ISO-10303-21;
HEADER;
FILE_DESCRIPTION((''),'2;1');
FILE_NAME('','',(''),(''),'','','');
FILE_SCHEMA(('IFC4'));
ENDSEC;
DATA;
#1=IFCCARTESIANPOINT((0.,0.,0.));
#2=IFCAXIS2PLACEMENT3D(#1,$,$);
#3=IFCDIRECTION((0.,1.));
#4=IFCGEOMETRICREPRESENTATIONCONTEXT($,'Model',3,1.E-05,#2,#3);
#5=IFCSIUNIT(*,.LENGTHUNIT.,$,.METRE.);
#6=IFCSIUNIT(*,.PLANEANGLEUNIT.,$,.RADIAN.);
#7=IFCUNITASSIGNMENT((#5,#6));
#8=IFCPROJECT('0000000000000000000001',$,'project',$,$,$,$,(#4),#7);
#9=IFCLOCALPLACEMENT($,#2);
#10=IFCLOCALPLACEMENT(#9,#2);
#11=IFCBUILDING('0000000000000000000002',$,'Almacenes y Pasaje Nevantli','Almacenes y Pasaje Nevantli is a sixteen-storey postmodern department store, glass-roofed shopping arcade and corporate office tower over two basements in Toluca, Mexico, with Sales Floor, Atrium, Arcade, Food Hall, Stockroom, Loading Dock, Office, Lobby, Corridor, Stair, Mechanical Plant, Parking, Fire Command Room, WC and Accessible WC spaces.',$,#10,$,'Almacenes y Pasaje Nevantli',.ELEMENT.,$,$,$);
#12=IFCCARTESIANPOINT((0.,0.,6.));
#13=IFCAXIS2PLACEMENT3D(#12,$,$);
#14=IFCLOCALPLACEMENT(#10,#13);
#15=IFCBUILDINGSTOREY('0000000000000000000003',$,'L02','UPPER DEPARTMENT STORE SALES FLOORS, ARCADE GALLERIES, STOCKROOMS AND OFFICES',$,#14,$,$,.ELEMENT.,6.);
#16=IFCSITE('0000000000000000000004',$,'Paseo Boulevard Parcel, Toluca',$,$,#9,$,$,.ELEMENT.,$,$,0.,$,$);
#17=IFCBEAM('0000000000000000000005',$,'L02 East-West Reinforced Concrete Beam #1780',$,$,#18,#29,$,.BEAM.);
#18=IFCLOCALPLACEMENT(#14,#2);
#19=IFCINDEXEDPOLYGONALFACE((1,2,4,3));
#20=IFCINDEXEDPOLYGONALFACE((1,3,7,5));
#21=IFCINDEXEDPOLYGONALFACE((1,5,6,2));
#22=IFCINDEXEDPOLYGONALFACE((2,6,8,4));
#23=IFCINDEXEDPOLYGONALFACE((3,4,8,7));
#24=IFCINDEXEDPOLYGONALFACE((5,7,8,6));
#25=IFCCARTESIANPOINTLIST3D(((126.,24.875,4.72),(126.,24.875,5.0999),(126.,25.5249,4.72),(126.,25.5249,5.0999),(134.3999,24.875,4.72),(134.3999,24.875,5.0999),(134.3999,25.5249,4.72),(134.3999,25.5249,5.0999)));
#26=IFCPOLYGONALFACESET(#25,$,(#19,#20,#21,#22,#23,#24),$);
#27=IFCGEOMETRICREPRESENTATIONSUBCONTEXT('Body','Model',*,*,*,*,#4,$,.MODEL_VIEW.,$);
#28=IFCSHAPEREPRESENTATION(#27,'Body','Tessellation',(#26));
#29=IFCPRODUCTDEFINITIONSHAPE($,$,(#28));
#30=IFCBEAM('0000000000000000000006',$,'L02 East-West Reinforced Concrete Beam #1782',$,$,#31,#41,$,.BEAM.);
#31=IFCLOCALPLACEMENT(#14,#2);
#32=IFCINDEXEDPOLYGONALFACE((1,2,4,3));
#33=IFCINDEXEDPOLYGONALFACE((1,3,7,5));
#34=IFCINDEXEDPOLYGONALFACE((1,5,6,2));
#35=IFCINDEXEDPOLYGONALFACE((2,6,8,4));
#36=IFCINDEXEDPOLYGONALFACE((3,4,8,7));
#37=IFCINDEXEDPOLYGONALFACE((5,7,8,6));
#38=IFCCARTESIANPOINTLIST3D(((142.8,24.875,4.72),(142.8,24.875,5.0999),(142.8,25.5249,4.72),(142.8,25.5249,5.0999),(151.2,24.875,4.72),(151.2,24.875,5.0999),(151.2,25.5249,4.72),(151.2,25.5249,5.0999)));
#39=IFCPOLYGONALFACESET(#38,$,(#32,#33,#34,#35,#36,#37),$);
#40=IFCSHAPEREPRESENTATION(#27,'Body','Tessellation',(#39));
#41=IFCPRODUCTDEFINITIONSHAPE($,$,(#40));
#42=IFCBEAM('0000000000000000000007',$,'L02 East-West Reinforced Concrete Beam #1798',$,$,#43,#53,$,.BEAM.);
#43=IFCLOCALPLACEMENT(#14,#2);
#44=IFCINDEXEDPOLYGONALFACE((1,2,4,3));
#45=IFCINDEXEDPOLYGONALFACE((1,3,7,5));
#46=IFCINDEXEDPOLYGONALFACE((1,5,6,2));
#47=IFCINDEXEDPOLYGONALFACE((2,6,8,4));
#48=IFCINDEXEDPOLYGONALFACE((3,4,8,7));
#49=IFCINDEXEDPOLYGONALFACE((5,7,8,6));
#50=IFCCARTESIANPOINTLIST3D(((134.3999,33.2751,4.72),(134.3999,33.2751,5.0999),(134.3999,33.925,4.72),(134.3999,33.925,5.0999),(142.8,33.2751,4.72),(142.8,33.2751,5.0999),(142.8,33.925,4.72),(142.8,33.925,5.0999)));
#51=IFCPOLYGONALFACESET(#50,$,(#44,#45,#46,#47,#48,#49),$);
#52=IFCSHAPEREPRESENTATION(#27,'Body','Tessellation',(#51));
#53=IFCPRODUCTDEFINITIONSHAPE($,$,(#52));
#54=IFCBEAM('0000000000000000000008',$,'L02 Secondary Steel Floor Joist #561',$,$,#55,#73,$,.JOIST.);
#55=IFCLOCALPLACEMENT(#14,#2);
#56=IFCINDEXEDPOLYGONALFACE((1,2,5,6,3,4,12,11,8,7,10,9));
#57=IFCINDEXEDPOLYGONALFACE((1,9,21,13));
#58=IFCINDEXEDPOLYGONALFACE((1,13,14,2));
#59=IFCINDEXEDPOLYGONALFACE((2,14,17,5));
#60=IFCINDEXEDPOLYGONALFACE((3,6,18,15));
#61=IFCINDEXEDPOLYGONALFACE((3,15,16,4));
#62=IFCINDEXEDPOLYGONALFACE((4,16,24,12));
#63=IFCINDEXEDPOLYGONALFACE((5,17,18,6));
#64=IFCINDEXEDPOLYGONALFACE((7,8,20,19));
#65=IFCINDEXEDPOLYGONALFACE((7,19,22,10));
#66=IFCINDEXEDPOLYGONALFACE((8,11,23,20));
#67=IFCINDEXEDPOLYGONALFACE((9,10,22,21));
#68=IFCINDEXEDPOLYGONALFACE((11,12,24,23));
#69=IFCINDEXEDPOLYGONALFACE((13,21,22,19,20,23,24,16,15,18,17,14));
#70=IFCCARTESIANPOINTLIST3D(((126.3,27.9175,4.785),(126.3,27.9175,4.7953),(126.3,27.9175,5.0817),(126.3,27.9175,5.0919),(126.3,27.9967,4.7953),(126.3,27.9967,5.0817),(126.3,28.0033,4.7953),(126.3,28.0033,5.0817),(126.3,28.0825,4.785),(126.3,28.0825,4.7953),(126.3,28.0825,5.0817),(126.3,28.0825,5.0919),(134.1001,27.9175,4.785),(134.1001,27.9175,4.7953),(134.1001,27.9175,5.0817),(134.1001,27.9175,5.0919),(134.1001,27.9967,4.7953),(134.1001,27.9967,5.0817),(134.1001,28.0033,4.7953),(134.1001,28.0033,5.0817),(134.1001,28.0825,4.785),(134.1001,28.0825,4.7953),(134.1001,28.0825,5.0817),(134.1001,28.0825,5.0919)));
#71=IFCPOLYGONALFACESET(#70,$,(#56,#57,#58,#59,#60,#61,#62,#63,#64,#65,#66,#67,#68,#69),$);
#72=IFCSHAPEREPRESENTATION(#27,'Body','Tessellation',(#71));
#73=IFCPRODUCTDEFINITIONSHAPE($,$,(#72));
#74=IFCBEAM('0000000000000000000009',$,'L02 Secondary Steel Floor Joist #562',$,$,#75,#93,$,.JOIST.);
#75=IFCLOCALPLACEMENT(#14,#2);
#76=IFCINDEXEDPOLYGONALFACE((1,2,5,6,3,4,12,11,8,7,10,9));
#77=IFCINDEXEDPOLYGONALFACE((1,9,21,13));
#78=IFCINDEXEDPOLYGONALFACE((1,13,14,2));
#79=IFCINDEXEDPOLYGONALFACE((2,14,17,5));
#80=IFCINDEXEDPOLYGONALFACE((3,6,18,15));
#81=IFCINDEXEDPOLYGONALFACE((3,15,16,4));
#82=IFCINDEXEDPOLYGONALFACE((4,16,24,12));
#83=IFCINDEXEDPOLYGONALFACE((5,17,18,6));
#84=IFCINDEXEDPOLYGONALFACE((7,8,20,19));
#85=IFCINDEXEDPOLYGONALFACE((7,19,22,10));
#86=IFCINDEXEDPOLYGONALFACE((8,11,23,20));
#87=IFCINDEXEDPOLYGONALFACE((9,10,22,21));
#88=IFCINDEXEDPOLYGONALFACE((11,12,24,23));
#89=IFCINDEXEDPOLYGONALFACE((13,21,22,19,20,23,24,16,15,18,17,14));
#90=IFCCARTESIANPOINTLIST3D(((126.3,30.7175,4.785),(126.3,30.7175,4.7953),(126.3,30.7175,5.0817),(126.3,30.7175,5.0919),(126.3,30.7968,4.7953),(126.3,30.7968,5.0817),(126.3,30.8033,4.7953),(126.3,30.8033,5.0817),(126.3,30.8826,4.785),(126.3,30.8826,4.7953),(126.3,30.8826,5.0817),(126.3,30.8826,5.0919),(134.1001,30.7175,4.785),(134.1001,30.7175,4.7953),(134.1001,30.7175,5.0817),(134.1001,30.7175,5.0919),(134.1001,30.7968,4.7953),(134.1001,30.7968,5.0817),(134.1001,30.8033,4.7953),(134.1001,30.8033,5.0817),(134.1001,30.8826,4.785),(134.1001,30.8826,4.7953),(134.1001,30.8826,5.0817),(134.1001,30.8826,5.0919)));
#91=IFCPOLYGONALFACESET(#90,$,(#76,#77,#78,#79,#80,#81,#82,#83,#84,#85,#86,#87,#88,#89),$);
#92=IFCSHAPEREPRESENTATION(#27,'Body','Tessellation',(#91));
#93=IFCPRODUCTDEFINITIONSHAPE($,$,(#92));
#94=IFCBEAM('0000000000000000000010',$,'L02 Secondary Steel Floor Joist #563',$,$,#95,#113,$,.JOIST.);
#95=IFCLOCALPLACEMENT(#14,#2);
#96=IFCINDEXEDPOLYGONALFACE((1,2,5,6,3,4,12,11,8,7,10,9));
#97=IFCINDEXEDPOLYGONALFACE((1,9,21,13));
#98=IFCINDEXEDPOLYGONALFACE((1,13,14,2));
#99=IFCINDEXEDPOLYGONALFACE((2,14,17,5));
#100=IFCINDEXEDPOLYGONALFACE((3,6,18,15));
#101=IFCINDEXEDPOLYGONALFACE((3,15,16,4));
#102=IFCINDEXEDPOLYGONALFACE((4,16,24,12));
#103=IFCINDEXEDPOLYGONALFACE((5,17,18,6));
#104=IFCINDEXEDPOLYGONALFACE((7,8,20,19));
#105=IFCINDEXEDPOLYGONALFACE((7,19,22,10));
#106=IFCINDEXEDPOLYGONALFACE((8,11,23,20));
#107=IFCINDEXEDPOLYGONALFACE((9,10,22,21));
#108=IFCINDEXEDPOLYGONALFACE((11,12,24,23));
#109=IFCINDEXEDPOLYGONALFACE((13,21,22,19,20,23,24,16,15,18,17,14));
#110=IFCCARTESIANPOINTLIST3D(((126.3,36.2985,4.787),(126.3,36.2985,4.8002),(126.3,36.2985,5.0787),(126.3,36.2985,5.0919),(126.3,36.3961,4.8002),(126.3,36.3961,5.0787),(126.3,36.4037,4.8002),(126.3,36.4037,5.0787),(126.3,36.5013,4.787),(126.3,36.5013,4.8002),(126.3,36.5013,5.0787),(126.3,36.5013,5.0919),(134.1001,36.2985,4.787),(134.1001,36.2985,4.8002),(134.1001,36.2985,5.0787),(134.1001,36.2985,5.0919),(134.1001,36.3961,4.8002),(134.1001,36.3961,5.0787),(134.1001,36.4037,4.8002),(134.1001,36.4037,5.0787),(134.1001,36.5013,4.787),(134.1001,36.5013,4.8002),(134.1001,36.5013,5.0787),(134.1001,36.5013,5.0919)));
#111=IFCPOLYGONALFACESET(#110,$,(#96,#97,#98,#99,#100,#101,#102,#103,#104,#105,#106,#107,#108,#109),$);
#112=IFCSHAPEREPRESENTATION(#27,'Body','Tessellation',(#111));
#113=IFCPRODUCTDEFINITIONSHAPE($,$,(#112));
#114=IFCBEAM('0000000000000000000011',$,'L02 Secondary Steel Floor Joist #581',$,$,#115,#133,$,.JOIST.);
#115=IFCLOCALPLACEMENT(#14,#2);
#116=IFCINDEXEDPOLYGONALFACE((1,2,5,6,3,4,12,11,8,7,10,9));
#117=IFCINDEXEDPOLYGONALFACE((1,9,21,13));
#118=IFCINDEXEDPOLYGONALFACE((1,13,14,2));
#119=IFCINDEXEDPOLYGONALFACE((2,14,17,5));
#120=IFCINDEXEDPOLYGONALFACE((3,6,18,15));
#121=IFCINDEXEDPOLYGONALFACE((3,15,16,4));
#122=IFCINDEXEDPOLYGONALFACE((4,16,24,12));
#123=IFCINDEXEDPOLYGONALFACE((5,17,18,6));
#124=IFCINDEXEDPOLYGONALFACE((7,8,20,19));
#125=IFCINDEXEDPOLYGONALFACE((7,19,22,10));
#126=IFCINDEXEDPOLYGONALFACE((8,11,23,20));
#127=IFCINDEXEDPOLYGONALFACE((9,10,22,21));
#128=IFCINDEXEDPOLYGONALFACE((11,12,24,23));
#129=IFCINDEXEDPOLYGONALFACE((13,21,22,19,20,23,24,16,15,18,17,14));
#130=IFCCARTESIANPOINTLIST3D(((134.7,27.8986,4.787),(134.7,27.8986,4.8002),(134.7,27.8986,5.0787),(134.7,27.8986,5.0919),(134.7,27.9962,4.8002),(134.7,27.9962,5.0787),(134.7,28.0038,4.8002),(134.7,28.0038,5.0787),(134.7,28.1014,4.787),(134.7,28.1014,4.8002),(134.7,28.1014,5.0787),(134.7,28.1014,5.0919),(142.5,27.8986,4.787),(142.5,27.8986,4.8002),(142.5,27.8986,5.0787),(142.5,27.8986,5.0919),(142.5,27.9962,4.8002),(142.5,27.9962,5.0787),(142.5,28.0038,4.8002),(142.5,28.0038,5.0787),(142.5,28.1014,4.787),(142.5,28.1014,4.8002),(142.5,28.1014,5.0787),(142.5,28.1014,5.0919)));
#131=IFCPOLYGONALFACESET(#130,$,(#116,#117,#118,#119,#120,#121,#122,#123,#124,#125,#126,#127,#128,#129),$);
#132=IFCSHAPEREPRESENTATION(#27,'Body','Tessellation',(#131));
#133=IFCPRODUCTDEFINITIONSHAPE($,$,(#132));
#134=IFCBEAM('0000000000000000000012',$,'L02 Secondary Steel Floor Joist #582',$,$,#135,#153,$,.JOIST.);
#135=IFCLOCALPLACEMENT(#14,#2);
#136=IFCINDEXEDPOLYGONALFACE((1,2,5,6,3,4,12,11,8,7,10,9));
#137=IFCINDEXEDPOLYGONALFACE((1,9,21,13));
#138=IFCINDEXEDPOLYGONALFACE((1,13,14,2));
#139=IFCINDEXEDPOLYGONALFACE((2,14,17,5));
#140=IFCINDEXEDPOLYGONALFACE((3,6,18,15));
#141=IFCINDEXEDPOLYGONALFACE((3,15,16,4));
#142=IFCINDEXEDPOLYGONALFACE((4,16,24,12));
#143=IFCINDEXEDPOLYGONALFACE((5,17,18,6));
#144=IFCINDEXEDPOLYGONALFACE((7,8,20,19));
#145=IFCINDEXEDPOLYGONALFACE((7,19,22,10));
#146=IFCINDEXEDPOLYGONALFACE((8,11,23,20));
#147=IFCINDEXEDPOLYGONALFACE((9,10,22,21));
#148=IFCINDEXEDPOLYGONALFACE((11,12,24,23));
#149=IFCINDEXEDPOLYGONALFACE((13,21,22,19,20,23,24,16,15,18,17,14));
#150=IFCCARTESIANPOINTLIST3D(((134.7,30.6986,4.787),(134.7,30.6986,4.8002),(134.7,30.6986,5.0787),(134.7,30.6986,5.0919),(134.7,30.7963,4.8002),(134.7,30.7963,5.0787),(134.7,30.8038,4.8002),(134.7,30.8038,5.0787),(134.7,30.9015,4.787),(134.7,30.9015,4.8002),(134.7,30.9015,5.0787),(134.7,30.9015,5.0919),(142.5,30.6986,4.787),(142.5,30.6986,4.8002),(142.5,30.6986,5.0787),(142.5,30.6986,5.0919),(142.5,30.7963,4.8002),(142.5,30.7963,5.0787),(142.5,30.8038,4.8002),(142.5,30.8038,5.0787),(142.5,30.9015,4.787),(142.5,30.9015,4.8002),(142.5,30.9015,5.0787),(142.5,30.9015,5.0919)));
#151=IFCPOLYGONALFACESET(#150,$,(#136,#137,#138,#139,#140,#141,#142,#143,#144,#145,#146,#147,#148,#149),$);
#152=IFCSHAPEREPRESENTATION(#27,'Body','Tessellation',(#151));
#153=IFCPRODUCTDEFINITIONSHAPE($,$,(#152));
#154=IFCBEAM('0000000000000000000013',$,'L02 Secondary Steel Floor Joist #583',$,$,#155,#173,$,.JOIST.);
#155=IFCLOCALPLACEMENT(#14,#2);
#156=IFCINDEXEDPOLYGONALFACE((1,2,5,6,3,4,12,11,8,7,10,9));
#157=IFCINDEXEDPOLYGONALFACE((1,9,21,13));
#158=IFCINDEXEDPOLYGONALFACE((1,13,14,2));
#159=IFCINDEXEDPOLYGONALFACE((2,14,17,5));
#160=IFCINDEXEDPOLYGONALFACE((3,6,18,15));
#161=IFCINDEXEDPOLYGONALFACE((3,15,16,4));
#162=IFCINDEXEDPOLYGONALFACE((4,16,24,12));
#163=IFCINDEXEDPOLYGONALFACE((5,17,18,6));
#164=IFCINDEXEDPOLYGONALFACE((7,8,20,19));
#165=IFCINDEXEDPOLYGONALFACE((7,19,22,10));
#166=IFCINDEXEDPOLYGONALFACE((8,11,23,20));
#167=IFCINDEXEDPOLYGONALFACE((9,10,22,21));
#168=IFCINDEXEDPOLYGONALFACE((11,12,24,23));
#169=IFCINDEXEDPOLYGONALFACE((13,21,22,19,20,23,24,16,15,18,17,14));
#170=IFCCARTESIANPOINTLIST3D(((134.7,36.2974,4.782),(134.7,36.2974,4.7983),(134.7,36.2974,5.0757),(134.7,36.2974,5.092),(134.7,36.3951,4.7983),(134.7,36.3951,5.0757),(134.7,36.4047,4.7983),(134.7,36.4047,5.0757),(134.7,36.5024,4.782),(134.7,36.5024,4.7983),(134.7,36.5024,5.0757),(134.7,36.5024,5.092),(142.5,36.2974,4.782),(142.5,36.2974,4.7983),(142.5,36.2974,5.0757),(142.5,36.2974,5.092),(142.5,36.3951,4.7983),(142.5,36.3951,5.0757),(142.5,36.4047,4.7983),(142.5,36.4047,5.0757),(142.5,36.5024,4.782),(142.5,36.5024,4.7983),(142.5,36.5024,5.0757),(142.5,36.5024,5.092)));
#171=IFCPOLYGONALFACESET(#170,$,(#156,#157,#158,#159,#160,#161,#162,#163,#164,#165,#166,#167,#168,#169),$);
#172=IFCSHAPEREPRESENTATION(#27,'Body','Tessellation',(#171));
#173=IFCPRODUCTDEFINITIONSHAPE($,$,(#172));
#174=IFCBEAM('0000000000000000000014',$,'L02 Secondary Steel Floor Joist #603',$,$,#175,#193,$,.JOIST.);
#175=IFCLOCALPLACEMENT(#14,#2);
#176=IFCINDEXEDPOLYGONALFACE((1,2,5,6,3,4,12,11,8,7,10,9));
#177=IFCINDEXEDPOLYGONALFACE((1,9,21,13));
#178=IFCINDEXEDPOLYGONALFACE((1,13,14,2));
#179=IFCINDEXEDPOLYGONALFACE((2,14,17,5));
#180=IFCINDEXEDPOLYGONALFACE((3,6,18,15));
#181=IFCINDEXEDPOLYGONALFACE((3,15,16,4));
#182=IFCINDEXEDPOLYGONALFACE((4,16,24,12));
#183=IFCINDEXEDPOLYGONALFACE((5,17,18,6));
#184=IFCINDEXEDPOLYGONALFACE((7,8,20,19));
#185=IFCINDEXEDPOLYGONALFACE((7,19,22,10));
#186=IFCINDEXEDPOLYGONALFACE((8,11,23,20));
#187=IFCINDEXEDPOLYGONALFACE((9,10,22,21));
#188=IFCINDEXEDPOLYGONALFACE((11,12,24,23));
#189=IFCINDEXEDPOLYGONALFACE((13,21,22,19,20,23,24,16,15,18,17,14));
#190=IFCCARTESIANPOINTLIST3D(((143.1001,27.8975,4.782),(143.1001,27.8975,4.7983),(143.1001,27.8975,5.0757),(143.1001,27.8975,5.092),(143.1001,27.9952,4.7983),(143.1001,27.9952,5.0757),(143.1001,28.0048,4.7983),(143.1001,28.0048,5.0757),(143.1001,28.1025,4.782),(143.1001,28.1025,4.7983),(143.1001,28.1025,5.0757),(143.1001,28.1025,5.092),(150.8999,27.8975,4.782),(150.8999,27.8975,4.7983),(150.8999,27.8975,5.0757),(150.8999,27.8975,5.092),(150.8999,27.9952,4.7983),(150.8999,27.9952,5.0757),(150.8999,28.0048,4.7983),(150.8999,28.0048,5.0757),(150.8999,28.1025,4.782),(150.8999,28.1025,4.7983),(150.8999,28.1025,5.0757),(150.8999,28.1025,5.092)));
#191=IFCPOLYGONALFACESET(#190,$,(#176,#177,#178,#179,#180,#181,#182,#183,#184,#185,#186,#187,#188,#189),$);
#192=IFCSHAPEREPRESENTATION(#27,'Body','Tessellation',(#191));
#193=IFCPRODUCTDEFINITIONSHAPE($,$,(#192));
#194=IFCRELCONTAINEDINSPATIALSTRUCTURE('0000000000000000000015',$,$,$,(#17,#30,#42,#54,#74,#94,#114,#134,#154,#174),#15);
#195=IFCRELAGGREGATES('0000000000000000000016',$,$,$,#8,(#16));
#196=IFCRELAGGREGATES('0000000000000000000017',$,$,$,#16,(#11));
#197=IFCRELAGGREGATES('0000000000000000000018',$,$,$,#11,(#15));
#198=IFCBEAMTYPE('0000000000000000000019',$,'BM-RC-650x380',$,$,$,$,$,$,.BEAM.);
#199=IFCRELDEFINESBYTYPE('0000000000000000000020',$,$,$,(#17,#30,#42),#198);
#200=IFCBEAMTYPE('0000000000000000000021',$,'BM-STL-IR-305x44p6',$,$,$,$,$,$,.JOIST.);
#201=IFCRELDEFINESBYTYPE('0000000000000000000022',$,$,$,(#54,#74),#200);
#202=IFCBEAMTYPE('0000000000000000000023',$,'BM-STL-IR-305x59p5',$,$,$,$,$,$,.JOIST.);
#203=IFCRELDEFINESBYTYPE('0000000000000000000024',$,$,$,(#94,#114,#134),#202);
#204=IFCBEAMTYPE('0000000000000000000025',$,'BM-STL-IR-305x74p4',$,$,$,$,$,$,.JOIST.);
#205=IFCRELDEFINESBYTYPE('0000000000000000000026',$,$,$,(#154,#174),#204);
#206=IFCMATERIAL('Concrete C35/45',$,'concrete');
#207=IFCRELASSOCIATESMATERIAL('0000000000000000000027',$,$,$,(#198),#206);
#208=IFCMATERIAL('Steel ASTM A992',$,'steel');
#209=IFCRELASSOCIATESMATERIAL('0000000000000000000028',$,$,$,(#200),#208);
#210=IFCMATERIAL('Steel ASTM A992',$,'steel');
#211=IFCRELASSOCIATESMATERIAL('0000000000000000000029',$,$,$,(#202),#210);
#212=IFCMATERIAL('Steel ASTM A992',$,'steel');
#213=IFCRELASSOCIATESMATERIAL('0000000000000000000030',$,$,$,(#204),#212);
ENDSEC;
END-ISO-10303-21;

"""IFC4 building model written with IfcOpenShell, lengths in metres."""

from ifc_helpers import new_model, si_unit, direction, frame, origin, origin_2d, place, context, subcontext, project, spatial, rectangle, i_section, extrude, material, material_profile, profile_set, type_object, element, save


model = new_model("IFC4")

# Units and contexts
model_context = context("Model", 3, precision=1e-05, world=origin(), true_north=direction((0.0, 1.0)))
body_context = subcontext(model_context, "Body", "Model", "MODEL_VIEW")
ifc_project = project(units=[si_unit("LENGTHUNIT", "METRE"), si_unit("PLANEANGLEUNIT", "RADIAN")], contexts=[model_context])

# Site, building, storey
site_placement = place(None, origin())
site = spatial("IfcSite", under=ifc_project, at=site_placement, Name="Paseo Boulevard Parcel, Toluca", CompositionType="ELEMENT", RefElevation=0.0)
building_placement = place(site_placement, origin())
building = spatial("IfcBuilding", under=site, at=building_placement, Name="Almacenes y Pasaje Nevantli", Description="Almacenes y Pasaje Nevantli is a sixteen-storey postmodern department store, glass-roofed shopping arcade and corporate office tower over two basements in Toluca, Mexico, with Sales Floor, Atrium, Arcade, Food Hall, Stockroom, Loading Dock, Office, Lobby, Corridor, Stair, Mechanical Plant, Parking, Fire Command Room, WC and Accessible WC spaces.", LongName="Almacenes y Pasaje Nevantli", CompositionType="ELEMENT")
storey_placement = place(building_placement, frame((0.0, 0.0, 6.0)))
storey = spatial("IfcBuildingStorey", under=building, at=storey_placement, Name="L02", Description="UPPER DEPARTMENT STORE SALES FLOORS, ARCADE GALLERIES, STOCKROOMS AND OFFICES", CompositionType="ELEMENT", Elevation=6.0)

# Beams
ifc_material_1 = material(Name="Concrete C35/45", Category="concrete")
ifc_material_profile_1 = material_profile(ifc_material_1, rectangle(XDim=0.6499, YDim=0.3799, at=origin_2d()), Name="RC-BM-650x380")
ifc_profile_set_1 = profile_set([ifc_material_profile_1], Name="Concrete C35/45")
beam_type_1 = type_object("IfcBeamType", Name="BM-RC-650x380", PredefinedType="BEAM", material=ifc_profile_set_1)
for number, where, z_axis, x_axis, name in (
    (1, (126.0, 25.2, 4.9099), (1.0, 0.0, 0.0), (0.0, 1.0, 0.0), "L02 East-West Reinforced Concrete Beam #1780"),
    (2, (142.8, 25.2, 4.9099), (1.0, 0.0, 0.0), (0.0, 1.0, 0.0), "L02 East-West Reinforced Concrete Beam #1782"),
):
    element("IfcBeam", number, at=place(storey_placement, frame(where, z_axis=z_axis, x_axis=x_axis)), inside=storey, type_object=beam_type_1, Name=name, PredefinedType="BEAM", context=body_context, shape_type="SweptSolid", body=[
        extrude(rectangle(XDim=0.6499, YDim=0.3799, at=origin_2d()), origin(), (0.0, 0.0, 1.0), 8.3999),
    ])
beam_1_placement = place(storey_placement, frame((134.3999, 33.6001, 4.9099), z_axis=(1.0, 0.0, 0.0), x_axis=(0.0, 1.0, 0.0)))
element("IfcBeam", 3, at=beam_1_placement, inside=storey, type_object=beam_type_1, Name="L02 East-West Reinforced Concrete Beam #1798", PredefinedType="BEAM", context=body_context, shape_type="SweptSolid", body=[
    extrude(rectangle(XDim=0.6499, YDim=0.3799, at=origin_2d()), origin(), (0.0, 0.0, 1.0), 8.4001),
])
ifc_material_2 = material(Name="Steel ASTM A992", Category="steel")
ifc_material_profile_2 = material_profile(ifc_material_2, i_section(OverallWidth=0.165, OverallDepth=0.3069, WebThickness=0.0066, FlangeThickness=0.0103, at=origin_2d()), Name="IR 305x44.6")
ifc_profile_set_2 = profile_set([ifc_material_profile_2], Name="Steel ASTM A992")
beam_type_2 = type_object("IfcBeamType", Name="BM-STL-IR-305x44p6", PredefinedType="JOIST", material=ifc_profile_set_2)
for number, where, z_axis, x_axis, name in (
    (4, (126.3, 28.0, 4.9385), (1.0, 0.0, 0.0), (0.0, 1.0, 0.0), "L02 Secondary Steel Floor Joist #561"),
    (5, (126.3, 30.8, 4.9385), (1.0, 0.0, 0.0), (0.0, 1.0, 0.0), "L02 Secondary Steel Floor Joist #562"),
):
    element("IfcBeam", number, at=place(storey_placement, frame(where, z_axis=z_axis, x_axis=x_axis)), inside=storey, type_object=beam_type_2, Name=name, PredefinedType="JOIST", context=body_context, shape_type="SweptSolid", body=[
        extrude(i_section(OverallWidth=0.165, OverallDepth=0.3069, WebThickness=0.0066, FlangeThickness=0.0103, at=origin_2d()), origin(), (0.0, 0.0, 1.0), 7.8),
    ])
ifc_material_3 = material(Name="Steel ASTM A992", Category="steel")
ifc_material_profile_3 = material_profile(ifc_material_3, i_section(OverallWidth=0.2029, OverallDepth=0.3049, WebThickness=0.0076, FlangeThickness=0.0132, at=origin_2d()), Name="IR 305x59.5")
ifc_profile_set_3 = profile_set([ifc_material_profile_3], Name="Steel ASTM A992")
beam_type_3 = type_object("IfcBeamType", Name="BM-STL-IR-305x59p5", PredefinedType="JOIST", material=ifc_profile_set_3)
for number, where, z_axis, x_axis, name in (
    (6, (126.3, 36.3999, 4.9395), (1.0, 0.0, 0.0), (0.0, 1.0, 0.0), "L02 Secondary Steel Floor Joist #563"),
    (7, (134.7, 28.0, 4.9395), (1.0, 0.0, 0.0), (0.0, 1.0, 0.0), "L02 Secondary Steel Floor Joist #581"),
    (8, (134.7, 30.8, 4.9395), (1.0, 0.0, 0.0), (0.0, 1.0, 0.0), "L02 Secondary Steel Floor Joist #582"),
):
    element("IfcBeam", number, at=place(storey_placement, frame(where, z_axis=z_axis, x_axis=x_axis)), inside=storey, type_object=beam_type_3, Name=name, PredefinedType="JOIST", context=body_context, shape_type="SweptSolid", body=[
        extrude(i_section(OverallWidth=0.2029, OverallDepth=0.3049, WebThickness=0.0076, FlangeThickness=0.0132, at=origin_2d()), origin(), (0.0, 0.0, 1.0), 7.8),
    ])
ifc_material_4 = material(Name="Steel ASTM A992", Category="steel")
ifc_material_profile_4 = material_profile(ifc_material_4, i_section(OverallWidth=0.2051, OverallDepth=0.3101, WebThickness=0.0095, FlangeThickness=0.0164, at=origin_2d()), Name="IR 305x74.4")
ifc_profile_set_4 = profile_set([ifc_material_profile_4], Name="Steel ASTM A992")
beam_type_4 = type_object("IfcBeamType", Name="BM-STL-IR-305x74p4", PredefinedType="JOIST", material=ifc_profile_set_4)
beam_2_placement = place(storey_placement, frame((134.7, 36.3999, 4.937), z_axis=(1.0, 0.0, 0.0), x_axis=(0.0, 1.0, 0.0)))
element("IfcBeam", 9, at=beam_2_placement, inside=storey, type_object=beam_type_4, Name="L02 Secondary Steel Floor Joist #583", PredefinedType="JOIST", context=body_context, shape_type="SweptSolid", body=[
    extrude(i_section(OverallWidth=0.2051, OverallDepth=0.3101, WebThickness=0.0095, FlangeThickness=0.0164, at=origin_2d()), origin(), (0.0, 0.0, 1.0), 7.8),
])
for number, where, z_axis, x_axis, name in (
    (10, (143.1001, 28.0, 4.937), (1.0, 0.0, 0.0), (0.0, 1.0, 0.0), "L02 Secondary Steel Floor Joist #603"),
):
    element("IfcBeam", number, at=place(storey_placement, frame(where, z_axis=z_axis, x_axis=x_axis)), inside=storey, type_object=beam_type_4, Name=name, PredefinedType="JOIST", context=body_context, shape_type="SweptSolid", body=[
        extrude(i_section(OverallWidth=0.2051, OverallDepth=0.3101, WebThickness=0.0095, FlangeThickness=0.0164, at=origin_2d()), origin(), (0.0, 0.0, 1.0), 7.7998),
    ])

save(model, "model.ifc")
